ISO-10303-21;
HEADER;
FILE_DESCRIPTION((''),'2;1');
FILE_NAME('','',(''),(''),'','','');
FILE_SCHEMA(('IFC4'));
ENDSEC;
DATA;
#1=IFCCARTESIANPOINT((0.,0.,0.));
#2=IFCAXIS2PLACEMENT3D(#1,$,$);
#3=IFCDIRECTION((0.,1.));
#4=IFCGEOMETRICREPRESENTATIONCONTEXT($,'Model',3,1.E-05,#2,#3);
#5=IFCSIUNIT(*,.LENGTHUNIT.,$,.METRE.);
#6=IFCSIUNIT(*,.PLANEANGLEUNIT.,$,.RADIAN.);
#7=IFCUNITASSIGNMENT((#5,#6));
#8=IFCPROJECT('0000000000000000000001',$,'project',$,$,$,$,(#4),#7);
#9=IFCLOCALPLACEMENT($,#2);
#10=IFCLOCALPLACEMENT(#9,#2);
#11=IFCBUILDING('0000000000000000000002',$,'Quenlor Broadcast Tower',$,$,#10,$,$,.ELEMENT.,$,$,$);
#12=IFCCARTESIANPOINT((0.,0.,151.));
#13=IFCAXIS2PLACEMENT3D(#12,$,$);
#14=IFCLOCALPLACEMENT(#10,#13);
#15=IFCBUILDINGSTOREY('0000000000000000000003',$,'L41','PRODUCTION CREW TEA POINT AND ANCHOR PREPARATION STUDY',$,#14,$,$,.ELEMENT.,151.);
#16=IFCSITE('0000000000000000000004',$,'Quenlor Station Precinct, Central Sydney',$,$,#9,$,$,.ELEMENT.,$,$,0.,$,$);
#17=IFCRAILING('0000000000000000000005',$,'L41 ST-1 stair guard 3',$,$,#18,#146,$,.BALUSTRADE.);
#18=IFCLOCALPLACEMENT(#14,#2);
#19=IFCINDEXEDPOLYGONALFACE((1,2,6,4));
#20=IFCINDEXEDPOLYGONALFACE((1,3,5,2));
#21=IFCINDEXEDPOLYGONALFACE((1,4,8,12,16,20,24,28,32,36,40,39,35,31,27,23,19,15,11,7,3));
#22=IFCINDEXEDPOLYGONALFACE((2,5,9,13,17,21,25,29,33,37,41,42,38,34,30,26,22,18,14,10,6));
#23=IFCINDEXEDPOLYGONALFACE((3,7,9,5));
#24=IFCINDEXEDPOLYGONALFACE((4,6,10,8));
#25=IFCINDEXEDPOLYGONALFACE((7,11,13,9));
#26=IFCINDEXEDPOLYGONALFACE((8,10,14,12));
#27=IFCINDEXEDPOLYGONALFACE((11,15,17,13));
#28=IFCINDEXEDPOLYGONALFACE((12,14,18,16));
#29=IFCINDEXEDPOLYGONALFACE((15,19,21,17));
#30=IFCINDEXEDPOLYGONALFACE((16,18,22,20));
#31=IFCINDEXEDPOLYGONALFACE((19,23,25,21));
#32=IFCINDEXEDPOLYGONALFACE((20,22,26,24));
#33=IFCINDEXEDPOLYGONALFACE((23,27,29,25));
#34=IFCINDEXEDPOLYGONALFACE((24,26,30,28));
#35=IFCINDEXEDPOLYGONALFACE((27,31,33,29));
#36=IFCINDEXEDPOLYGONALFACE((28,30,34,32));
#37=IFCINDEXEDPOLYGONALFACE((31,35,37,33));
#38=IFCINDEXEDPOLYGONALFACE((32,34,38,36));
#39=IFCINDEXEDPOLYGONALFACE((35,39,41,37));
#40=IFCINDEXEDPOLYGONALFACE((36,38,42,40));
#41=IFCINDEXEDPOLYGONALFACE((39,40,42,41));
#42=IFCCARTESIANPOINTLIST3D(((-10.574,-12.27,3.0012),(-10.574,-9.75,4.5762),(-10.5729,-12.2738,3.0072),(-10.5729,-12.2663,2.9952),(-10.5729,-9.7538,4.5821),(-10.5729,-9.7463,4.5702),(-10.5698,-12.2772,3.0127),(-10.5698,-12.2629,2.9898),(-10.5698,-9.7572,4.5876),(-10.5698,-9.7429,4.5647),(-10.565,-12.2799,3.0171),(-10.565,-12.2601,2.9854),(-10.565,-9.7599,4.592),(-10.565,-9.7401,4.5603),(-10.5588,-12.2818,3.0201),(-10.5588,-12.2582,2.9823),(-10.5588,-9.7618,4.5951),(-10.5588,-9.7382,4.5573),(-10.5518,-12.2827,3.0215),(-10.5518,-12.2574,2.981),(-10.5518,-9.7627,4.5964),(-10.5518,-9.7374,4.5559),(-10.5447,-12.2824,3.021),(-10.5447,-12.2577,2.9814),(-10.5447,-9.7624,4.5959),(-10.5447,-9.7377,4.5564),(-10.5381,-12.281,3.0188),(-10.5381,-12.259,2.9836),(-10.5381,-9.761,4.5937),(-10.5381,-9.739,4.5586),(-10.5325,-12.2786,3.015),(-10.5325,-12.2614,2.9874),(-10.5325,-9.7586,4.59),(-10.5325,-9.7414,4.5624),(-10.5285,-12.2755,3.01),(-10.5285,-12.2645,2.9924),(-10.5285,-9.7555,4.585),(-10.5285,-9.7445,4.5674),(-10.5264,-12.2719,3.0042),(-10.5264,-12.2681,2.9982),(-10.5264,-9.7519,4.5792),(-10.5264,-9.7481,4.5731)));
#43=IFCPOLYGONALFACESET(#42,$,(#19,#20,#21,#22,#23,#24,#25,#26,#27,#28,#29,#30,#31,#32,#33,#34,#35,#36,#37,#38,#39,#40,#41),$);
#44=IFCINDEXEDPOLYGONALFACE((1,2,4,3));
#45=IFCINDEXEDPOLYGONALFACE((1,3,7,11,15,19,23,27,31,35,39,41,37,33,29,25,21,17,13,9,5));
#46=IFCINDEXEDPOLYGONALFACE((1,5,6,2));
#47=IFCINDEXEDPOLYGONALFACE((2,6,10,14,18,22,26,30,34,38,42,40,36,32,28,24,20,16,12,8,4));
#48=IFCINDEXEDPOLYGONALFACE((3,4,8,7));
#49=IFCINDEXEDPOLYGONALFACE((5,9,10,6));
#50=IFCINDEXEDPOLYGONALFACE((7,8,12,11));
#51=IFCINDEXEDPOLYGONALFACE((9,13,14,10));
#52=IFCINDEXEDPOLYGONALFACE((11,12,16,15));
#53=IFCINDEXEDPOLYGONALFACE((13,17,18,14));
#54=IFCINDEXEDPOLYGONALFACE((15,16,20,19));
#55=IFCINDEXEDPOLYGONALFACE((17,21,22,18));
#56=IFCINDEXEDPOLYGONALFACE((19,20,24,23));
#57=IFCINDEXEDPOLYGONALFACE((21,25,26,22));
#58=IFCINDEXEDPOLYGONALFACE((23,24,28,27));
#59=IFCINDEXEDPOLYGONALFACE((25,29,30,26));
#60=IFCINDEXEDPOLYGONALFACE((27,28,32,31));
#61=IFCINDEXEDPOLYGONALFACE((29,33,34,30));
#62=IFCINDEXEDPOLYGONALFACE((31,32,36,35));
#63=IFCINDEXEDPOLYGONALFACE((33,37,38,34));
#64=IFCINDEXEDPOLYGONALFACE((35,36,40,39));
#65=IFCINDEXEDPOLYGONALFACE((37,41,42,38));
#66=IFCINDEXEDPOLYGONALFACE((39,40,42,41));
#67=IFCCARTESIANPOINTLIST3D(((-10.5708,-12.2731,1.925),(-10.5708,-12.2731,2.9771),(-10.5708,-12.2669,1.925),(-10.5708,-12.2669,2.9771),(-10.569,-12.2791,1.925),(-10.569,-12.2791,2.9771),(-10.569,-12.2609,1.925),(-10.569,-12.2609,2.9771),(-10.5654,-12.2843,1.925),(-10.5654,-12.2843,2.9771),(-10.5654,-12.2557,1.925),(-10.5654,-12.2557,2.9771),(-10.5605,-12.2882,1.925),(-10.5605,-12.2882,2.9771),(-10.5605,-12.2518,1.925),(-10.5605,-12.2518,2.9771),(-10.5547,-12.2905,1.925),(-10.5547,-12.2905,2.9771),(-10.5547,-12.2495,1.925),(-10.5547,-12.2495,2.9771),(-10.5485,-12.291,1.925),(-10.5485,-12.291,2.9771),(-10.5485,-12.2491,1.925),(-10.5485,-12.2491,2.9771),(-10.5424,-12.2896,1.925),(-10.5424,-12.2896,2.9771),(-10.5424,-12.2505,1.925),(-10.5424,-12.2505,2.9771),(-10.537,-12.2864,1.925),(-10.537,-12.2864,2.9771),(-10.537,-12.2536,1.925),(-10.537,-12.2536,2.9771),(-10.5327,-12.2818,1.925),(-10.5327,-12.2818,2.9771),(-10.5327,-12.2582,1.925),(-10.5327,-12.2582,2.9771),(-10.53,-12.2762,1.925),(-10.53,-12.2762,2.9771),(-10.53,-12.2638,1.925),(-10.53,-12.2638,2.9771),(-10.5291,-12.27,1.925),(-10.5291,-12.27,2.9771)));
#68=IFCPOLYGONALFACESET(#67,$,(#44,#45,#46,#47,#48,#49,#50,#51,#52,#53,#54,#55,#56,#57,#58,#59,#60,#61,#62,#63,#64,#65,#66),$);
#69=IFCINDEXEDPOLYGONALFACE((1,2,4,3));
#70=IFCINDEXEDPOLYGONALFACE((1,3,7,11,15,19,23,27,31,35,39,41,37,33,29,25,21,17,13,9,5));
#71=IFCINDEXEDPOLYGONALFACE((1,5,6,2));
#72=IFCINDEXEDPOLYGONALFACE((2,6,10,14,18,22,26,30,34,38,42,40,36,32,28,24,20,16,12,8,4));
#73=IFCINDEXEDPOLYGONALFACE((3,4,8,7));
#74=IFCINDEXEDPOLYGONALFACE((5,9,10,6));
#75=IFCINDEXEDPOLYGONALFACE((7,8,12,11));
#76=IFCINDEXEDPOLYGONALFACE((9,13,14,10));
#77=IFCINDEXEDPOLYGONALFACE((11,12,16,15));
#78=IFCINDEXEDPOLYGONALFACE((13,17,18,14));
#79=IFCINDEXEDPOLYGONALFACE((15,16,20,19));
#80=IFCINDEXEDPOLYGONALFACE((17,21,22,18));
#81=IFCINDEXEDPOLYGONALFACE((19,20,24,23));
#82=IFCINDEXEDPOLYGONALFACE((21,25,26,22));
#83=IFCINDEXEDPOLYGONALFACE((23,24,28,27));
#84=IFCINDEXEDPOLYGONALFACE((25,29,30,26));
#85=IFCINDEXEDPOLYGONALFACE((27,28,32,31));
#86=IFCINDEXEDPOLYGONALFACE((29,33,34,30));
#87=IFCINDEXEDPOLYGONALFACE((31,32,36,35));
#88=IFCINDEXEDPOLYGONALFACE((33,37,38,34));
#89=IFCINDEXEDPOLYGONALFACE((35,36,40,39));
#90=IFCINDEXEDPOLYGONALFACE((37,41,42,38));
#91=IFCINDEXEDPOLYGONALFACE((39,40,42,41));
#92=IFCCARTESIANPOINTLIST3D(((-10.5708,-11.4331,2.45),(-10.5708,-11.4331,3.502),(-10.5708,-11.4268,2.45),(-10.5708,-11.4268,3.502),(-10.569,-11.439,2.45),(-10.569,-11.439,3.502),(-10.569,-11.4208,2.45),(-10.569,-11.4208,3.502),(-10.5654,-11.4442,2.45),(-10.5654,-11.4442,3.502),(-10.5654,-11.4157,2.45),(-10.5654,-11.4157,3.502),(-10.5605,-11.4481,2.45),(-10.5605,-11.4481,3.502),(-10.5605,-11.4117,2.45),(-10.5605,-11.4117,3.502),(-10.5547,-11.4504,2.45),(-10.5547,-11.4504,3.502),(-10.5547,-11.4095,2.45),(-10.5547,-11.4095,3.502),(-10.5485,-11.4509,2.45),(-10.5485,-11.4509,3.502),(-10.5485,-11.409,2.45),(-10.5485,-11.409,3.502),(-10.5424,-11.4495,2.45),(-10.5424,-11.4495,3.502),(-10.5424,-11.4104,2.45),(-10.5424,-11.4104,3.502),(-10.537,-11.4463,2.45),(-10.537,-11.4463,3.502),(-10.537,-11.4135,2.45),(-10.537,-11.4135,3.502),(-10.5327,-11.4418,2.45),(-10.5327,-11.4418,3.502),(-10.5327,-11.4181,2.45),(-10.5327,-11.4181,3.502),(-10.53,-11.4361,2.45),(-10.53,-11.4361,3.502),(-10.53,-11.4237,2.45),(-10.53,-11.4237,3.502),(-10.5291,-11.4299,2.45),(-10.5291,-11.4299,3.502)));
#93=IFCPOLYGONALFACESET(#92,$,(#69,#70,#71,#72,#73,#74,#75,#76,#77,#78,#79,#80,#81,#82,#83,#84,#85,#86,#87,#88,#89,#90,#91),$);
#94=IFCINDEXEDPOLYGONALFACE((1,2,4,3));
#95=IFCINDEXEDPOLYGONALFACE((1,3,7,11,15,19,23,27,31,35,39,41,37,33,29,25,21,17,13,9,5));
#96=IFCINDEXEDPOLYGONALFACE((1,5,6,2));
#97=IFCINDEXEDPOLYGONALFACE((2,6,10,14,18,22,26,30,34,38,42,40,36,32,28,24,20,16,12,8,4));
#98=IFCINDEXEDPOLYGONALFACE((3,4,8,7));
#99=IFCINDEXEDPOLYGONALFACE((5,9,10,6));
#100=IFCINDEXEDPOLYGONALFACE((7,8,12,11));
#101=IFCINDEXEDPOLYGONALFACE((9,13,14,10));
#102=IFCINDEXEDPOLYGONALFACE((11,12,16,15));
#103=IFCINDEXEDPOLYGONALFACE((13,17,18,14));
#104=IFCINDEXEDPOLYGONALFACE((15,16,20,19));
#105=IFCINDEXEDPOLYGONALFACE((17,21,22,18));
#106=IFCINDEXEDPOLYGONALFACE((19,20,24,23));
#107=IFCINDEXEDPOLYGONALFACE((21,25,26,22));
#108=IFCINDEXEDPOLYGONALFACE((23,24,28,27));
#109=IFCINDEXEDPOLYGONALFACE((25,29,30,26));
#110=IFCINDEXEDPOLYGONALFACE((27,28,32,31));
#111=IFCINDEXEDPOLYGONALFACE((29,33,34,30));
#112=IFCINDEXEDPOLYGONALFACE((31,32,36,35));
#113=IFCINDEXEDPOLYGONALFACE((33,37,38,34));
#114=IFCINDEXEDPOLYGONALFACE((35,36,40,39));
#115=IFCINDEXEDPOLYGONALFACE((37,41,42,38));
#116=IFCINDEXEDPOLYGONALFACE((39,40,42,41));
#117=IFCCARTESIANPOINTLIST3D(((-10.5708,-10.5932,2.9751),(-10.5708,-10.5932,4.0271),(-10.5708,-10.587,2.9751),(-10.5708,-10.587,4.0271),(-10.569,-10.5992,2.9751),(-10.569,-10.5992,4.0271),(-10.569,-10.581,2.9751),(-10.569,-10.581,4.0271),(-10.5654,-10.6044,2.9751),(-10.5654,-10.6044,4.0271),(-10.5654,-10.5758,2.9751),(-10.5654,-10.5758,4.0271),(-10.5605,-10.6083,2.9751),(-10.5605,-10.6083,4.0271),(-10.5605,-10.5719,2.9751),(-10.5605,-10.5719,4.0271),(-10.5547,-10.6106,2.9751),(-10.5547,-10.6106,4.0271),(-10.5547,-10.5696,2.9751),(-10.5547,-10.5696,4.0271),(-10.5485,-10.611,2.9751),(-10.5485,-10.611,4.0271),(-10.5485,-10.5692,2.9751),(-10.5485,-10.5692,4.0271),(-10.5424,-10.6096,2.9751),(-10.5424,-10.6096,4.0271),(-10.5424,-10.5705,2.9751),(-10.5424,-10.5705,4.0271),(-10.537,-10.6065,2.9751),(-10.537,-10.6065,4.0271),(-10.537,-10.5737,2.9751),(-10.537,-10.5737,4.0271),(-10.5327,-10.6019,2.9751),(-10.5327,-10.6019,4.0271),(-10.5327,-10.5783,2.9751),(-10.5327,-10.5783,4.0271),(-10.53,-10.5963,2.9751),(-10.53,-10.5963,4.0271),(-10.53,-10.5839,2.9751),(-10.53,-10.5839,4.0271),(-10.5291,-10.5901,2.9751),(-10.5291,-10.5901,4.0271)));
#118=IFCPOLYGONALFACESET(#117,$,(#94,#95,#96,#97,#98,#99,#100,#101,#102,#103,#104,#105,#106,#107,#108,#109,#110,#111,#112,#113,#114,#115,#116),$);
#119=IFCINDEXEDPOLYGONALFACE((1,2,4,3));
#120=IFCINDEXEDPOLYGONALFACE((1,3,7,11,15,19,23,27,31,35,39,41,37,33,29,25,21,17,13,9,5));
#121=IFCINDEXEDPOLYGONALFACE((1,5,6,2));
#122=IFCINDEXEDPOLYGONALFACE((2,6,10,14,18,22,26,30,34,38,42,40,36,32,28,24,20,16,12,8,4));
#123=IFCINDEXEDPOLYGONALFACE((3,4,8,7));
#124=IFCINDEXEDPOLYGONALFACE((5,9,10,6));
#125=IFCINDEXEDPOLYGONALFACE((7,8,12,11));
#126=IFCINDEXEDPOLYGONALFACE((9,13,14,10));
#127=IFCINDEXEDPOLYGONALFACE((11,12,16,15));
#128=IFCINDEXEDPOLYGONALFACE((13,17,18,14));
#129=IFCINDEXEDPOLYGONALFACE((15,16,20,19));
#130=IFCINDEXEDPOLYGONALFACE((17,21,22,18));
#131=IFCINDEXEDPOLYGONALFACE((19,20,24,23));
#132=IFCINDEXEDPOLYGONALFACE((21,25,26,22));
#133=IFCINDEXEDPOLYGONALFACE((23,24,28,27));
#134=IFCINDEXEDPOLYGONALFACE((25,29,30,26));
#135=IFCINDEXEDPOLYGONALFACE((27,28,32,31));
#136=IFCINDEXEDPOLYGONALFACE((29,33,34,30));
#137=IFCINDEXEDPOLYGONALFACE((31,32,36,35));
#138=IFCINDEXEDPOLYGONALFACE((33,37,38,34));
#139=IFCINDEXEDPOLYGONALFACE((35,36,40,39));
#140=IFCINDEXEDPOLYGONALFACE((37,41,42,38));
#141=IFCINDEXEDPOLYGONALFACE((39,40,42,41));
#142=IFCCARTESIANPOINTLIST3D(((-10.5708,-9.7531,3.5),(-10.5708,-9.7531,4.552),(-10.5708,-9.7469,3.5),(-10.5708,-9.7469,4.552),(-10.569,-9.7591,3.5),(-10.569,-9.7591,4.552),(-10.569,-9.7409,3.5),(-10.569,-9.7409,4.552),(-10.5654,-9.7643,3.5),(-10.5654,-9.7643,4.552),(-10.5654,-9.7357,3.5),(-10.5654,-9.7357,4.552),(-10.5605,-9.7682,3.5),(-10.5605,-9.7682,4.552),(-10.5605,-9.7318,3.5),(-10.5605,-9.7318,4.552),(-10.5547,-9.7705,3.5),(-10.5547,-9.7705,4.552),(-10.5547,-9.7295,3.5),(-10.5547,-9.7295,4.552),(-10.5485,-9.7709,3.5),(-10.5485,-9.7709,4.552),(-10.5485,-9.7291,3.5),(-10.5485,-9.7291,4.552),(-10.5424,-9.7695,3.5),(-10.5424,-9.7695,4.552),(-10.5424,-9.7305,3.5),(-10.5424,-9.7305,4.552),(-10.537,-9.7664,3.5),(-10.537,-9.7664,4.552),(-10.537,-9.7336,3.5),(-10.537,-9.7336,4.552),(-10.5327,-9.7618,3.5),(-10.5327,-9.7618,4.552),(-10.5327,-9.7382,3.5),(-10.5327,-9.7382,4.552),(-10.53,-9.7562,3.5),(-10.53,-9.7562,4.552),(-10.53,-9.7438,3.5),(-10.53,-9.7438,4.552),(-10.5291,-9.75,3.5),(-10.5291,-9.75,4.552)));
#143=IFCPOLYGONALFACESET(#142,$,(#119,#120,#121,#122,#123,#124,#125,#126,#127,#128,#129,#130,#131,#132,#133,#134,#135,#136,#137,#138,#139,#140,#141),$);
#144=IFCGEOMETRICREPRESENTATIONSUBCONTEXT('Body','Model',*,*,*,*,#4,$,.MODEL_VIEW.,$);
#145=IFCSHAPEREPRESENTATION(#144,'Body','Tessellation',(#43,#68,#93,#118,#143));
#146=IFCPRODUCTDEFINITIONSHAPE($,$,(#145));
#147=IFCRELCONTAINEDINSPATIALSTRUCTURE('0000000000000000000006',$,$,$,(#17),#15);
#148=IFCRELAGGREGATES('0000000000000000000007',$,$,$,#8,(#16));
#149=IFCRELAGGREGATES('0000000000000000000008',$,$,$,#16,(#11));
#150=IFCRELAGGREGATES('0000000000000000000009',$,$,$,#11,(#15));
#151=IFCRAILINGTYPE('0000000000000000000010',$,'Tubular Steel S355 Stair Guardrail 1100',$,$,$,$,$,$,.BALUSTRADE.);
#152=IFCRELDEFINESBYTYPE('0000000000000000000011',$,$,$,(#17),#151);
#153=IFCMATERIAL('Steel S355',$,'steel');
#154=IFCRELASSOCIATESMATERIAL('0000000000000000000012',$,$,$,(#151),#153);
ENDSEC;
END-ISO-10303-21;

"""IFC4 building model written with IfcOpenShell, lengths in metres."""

from ifc_helpers import new_model, si_unit, direction, frame, origin, origin_2d, place, context, subcontext, project, spatial, circle, extrude, material, type_object, element, save


model = new_model("IFC4")

# Units and contexts
model_context = context("Model", 3, precision=1e-05, world=origin(), true_north=direction((0.0, 1.0)))
body_context = subcontext(model_context, "Body", "Model", "MODEL_VIEW")
ifc_project = project(units=[si_unit("LENGTHUNIT", "METRE"), si_unit("PLANEANGLEUNIT", "RADIAN")], contexts=[model_context])

# Site, building, storey
site_placement = place(None, origin())
site = spatial("IfcSite", under=ifc_project, at=site_placement, Name="Quenlor Station Precinct, Central Sydney", CompositionType="ELEMENT", RefElevation=0.0)
building_placement = place(site_placement, origin())
building = spatial("IfcBuilding", under=site, at=building_placement, Name="Quenlor Broadcast Tower", CompositionType="ELEMENT")
storey_placement = place(building_placement, frame((0.0, 0.0, 151.0)))
storey = spatial("IfcBuildingStorey", under=building, at=storey_placement, Name="L41", Description="PRODUCTION CREW TEA POINT AND ANCHOR PREPARATION STUDY", CompositionType="ELEMENT", Elevation=151.0)

# Railing
ifc_material_1 = material(Name="Steel S355", Category="steel")
railing_type_1 = type_object("IfcRailingType", Name="Tubular Steel S355 Stair Guardrail 1100", PredefinedType="BALUSTRADE", material=ifc_material_1)
railing_1_placement = place(storey_placement, frame((-10.55, -12.27, 1.925)))
element("IfcRailing", 1, at=railing_1_placement, inside=storey, type_object=railing_type_1, Name="L41 ST-1 stair guard 3", PredefinedType="BALUSTRADE", context=body_context, shape_type="SweptSolid", body=[
    extrude(circle(Radius=0.0239, at=origin_2d()), frame((0.0, 0.0, 1.0762), z_axis=(0.0, 0.848008, 0.529984), x_axis=(-1.0, 0.0, 0.0)), (0.0, 0.0, 1.0), 2.9717),
    extrude(circle(Radius=0.021, at=origin_2d()), origin(), (0.0, 0.0, 1.0), 1.052),
    extrude(circle(Radius=0.021, at=origin_2d()), frame((0.0, 0.8401, 0.5249)), (0.0, 0.0, 1.0), 1.052),
    extrude(circle(Radius=0.021, at=origin_2d()), frame((0.0, 1.6799, 1.05)), (0.0, 0.0, 1.0), 1.052),
    extrude(circle(Radius=0.021, at=origin_2d()), frame((0.0, 2.52, 1.575)), (0.0, 0.0, 1.0), 1.052),
])

save(model, "model.ifc")
